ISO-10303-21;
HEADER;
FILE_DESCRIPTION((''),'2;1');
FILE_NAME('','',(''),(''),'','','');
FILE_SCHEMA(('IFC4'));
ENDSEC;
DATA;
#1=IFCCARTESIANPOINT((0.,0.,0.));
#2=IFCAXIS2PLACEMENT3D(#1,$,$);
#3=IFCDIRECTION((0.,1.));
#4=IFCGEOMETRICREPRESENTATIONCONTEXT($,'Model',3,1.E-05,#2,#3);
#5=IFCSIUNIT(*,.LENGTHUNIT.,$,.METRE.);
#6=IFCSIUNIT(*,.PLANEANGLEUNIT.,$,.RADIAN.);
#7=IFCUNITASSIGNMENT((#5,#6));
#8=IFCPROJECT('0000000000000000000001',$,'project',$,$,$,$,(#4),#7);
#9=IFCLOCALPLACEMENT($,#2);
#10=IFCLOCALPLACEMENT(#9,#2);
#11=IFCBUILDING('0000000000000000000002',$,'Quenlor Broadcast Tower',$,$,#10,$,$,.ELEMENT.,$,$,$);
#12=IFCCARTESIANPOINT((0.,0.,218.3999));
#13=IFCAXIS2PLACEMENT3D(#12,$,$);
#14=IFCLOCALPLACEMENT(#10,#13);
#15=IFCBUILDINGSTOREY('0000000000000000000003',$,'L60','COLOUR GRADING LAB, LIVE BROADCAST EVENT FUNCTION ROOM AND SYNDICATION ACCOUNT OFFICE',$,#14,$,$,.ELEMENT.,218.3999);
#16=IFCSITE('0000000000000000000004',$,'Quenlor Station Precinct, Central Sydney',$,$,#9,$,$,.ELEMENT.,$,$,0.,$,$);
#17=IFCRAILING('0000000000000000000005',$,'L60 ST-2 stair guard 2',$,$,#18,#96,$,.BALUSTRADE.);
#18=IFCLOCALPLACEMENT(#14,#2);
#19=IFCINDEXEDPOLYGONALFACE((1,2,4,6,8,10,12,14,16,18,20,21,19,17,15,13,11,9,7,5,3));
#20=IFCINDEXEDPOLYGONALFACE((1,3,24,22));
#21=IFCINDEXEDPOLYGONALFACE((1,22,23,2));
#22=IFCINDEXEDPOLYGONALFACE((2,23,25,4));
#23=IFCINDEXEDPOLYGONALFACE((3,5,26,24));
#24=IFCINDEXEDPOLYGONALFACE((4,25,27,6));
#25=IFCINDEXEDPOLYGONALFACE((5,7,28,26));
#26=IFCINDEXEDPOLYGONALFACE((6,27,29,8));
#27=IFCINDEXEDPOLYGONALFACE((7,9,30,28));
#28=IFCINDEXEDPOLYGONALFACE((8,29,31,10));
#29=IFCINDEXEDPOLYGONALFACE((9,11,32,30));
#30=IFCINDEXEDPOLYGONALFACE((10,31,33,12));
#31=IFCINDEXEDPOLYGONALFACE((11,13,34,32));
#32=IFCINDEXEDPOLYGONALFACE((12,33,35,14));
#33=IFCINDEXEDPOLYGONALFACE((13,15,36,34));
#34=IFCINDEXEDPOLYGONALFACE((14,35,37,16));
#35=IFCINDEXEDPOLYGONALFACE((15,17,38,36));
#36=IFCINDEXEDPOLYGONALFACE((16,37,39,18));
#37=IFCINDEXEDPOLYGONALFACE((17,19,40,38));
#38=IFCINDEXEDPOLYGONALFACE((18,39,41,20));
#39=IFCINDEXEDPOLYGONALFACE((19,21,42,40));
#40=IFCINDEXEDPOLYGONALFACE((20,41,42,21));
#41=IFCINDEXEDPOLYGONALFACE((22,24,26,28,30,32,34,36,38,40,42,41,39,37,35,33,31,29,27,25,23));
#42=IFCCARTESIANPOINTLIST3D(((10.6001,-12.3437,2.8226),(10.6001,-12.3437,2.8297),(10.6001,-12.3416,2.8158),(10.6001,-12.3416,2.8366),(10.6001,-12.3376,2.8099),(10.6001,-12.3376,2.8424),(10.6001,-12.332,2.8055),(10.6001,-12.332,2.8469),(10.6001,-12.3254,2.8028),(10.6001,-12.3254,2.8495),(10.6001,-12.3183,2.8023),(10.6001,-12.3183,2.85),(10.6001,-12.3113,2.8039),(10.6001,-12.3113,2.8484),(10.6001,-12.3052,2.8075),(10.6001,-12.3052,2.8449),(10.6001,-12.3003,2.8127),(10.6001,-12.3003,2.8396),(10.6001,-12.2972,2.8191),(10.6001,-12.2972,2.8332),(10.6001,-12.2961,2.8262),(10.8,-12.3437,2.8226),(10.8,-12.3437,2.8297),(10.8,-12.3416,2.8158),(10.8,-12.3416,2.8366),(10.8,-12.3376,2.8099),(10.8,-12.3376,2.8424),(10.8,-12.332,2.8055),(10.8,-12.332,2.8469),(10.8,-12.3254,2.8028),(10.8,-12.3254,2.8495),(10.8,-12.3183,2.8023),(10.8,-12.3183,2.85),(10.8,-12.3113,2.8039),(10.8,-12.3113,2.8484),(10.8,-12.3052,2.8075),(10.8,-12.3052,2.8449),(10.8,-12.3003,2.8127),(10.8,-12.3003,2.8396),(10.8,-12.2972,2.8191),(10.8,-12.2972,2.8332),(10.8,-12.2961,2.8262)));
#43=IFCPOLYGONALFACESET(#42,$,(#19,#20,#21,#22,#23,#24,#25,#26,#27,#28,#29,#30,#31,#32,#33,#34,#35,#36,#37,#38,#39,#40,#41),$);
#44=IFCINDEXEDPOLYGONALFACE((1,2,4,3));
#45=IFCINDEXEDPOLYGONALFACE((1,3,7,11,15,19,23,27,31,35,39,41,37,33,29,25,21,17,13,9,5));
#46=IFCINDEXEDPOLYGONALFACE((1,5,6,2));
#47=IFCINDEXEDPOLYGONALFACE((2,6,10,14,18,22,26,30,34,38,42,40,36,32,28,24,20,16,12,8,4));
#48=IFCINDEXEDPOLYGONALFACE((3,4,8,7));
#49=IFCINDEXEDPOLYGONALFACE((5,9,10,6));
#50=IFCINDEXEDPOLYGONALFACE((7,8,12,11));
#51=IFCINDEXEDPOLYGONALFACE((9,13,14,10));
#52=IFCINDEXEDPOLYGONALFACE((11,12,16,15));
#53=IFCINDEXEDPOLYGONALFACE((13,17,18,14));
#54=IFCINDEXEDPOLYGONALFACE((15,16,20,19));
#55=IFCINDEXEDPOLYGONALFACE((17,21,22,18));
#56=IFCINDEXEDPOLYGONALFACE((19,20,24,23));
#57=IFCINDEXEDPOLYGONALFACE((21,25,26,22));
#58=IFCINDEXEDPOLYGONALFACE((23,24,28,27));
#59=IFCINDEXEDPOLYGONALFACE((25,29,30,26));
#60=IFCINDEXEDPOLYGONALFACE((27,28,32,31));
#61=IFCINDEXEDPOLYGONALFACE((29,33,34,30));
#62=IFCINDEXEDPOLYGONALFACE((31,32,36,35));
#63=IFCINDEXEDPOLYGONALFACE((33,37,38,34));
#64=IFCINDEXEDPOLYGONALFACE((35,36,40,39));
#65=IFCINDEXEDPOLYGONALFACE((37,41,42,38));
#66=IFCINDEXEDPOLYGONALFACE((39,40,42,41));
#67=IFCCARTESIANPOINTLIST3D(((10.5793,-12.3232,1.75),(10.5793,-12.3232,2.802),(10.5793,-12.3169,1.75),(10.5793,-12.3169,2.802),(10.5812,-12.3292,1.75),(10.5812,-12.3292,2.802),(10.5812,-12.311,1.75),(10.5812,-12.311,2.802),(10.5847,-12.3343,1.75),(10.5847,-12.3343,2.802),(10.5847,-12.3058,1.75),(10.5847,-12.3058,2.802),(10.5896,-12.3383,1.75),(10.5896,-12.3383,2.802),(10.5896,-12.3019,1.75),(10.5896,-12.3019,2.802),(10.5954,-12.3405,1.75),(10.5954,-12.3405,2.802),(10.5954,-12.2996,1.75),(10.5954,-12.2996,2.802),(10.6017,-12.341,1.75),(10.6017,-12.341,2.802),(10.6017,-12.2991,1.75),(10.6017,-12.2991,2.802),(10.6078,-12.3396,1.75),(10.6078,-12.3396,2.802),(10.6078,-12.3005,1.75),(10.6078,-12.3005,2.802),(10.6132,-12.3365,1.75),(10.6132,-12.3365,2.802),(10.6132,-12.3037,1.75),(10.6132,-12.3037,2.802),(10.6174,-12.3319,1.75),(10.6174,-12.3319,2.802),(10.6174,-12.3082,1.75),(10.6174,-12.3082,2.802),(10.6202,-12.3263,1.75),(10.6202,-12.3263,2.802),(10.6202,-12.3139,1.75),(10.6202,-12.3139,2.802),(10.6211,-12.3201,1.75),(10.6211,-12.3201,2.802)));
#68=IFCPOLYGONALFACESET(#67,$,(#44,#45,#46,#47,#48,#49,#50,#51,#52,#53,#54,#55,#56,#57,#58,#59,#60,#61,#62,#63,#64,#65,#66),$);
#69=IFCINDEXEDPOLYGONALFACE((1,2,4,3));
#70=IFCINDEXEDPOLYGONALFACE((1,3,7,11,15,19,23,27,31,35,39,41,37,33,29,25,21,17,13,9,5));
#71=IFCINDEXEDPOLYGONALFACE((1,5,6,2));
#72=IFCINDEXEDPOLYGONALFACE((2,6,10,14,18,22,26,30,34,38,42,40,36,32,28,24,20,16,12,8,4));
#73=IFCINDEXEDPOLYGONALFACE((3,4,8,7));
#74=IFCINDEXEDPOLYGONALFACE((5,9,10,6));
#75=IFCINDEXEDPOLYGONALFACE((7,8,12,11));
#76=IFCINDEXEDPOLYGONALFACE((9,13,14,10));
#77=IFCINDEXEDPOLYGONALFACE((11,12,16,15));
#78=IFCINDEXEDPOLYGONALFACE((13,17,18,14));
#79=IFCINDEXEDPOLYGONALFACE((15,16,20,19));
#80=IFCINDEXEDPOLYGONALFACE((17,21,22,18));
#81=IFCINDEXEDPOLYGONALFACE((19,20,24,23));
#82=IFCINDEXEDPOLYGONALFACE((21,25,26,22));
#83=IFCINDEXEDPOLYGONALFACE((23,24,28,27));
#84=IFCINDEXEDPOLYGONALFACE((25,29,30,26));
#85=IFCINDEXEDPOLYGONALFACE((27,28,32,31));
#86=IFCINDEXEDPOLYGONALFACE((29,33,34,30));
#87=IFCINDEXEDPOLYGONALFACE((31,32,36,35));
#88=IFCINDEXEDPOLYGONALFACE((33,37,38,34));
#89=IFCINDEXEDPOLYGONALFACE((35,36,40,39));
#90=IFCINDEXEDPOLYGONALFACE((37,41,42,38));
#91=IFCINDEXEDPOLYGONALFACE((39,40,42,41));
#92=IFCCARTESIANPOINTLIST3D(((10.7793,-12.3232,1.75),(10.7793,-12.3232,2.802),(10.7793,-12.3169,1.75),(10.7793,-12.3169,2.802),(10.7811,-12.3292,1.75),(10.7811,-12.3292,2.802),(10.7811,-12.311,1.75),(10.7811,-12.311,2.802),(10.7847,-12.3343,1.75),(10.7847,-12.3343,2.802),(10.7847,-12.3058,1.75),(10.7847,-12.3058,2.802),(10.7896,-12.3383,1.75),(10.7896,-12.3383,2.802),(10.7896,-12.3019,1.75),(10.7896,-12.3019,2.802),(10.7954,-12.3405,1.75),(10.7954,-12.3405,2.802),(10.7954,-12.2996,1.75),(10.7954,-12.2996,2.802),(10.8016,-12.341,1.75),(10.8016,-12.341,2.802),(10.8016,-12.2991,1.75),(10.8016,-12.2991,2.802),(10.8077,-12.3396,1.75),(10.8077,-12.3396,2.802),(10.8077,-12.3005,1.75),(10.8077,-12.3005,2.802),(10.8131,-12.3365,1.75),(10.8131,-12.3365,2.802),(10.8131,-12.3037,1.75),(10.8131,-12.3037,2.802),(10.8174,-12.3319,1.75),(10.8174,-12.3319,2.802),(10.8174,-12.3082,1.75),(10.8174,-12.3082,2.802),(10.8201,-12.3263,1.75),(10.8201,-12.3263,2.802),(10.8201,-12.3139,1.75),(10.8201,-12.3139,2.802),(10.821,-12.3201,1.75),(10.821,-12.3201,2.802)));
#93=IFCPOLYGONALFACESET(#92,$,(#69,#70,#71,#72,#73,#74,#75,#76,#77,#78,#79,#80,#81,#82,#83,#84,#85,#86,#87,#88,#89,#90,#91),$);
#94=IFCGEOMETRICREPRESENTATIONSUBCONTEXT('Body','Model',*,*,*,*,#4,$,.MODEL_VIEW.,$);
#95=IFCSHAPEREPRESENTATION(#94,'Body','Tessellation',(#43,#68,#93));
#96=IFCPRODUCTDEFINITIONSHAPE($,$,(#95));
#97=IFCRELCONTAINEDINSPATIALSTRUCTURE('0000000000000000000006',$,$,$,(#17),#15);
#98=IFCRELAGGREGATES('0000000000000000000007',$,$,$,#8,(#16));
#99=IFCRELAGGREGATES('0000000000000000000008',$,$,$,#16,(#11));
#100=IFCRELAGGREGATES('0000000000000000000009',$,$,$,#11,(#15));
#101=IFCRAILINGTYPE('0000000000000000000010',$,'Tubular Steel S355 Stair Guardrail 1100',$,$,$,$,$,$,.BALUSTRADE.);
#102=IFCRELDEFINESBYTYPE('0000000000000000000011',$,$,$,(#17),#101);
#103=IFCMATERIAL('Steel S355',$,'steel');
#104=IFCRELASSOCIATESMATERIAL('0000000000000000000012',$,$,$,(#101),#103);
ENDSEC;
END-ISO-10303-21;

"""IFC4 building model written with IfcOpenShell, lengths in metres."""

from ifc_helpers import new_model, si_unit, direction, frame, origin, origin_2d, place, context, subcontext, project, spatial, circle, extrude, material, type_object, element, save


model = new_model("IFC4")

# Units and contexts
model_context = context("Model", 3, precision=1e-05, world=origin(), true_north=direction((0.0, 1.0)))
body_context = subcontext(model_context, "Body", "Model", "MODEL_VIEW")
ifc_project = project(units=[si_unit("LENGTHUNIT", "METRE"), si_unit("PLANEANGLEUNIT", "RADIAN")], contexts=[model_context])

# Site, building, storey
site_placement = place(None, origin())
site = spatial("IfcSite", under=ifc_project, at=site_placement, Name="Quenlor Station Precinct, Central Sydney", CompositionType="ELEMENT", RefElevation=0.0)
building_placement = place(site_placement, origin())
building = spatial("IfcBuilding", under=site, at=building_placement, Name="Quenlor Broadcast Tower", CompositionType="ELEMENT")
storey_placement = place(building_placement, frame((0.0, 0.0, 218.3999)))
storey = spatial("IfcBuildingStorey", under=building, at=storey_placement, Name="L60", Description="COLOUR GRADING LAB, LIVE BROADCAST EVENT FUNCTION ROOM AND SYNDICATION ACCOUNT OFFICE", CompositionType="ELEMENT", Elevation=218.3999)

# Railing
ifc_material_1 = material(Name="Steel S355", Category="steel")
railing_type_1 = type_object("IfcRailingType", Name="Tubular Steel S355 Stair Guardrail 1100", PredefinedType="BALUSTRADE", material=ifc_material_1)
railing_1_placement = place(storey_placement, frame((10.6001, -12.3201, 1.75)))
element("IfcRailing", 1, at=railing_1_placement, inside=storey, type_object=railing_type_1, Name="L60 ST-2 stair guard 2", PredefinedType="BALUSTRADE", context=body_context, shape_type="SweptSolid", body=[
    extrude(circle(Radius=0.0239, at=origin_2d()), frame((0.0, 0.0, 1.0762), z_axis=(1.0, 0.0, 0.0), x_axis=(0.0, 1.0, 0.0)), (0.0, 0.0, 1.0), 0.2),
    extrude(circle(Radius=0.021, at=origin_2d()), origin(), (0.0, 0.0, 1.0), 1.052),
    extrude(circle(Radius=0.021, at=origin_2d()), frame((0.2, 0.0, 0.0)), (0.0, 0.0, 1.0), 1.052),
])

save(model, "model.ifc")
